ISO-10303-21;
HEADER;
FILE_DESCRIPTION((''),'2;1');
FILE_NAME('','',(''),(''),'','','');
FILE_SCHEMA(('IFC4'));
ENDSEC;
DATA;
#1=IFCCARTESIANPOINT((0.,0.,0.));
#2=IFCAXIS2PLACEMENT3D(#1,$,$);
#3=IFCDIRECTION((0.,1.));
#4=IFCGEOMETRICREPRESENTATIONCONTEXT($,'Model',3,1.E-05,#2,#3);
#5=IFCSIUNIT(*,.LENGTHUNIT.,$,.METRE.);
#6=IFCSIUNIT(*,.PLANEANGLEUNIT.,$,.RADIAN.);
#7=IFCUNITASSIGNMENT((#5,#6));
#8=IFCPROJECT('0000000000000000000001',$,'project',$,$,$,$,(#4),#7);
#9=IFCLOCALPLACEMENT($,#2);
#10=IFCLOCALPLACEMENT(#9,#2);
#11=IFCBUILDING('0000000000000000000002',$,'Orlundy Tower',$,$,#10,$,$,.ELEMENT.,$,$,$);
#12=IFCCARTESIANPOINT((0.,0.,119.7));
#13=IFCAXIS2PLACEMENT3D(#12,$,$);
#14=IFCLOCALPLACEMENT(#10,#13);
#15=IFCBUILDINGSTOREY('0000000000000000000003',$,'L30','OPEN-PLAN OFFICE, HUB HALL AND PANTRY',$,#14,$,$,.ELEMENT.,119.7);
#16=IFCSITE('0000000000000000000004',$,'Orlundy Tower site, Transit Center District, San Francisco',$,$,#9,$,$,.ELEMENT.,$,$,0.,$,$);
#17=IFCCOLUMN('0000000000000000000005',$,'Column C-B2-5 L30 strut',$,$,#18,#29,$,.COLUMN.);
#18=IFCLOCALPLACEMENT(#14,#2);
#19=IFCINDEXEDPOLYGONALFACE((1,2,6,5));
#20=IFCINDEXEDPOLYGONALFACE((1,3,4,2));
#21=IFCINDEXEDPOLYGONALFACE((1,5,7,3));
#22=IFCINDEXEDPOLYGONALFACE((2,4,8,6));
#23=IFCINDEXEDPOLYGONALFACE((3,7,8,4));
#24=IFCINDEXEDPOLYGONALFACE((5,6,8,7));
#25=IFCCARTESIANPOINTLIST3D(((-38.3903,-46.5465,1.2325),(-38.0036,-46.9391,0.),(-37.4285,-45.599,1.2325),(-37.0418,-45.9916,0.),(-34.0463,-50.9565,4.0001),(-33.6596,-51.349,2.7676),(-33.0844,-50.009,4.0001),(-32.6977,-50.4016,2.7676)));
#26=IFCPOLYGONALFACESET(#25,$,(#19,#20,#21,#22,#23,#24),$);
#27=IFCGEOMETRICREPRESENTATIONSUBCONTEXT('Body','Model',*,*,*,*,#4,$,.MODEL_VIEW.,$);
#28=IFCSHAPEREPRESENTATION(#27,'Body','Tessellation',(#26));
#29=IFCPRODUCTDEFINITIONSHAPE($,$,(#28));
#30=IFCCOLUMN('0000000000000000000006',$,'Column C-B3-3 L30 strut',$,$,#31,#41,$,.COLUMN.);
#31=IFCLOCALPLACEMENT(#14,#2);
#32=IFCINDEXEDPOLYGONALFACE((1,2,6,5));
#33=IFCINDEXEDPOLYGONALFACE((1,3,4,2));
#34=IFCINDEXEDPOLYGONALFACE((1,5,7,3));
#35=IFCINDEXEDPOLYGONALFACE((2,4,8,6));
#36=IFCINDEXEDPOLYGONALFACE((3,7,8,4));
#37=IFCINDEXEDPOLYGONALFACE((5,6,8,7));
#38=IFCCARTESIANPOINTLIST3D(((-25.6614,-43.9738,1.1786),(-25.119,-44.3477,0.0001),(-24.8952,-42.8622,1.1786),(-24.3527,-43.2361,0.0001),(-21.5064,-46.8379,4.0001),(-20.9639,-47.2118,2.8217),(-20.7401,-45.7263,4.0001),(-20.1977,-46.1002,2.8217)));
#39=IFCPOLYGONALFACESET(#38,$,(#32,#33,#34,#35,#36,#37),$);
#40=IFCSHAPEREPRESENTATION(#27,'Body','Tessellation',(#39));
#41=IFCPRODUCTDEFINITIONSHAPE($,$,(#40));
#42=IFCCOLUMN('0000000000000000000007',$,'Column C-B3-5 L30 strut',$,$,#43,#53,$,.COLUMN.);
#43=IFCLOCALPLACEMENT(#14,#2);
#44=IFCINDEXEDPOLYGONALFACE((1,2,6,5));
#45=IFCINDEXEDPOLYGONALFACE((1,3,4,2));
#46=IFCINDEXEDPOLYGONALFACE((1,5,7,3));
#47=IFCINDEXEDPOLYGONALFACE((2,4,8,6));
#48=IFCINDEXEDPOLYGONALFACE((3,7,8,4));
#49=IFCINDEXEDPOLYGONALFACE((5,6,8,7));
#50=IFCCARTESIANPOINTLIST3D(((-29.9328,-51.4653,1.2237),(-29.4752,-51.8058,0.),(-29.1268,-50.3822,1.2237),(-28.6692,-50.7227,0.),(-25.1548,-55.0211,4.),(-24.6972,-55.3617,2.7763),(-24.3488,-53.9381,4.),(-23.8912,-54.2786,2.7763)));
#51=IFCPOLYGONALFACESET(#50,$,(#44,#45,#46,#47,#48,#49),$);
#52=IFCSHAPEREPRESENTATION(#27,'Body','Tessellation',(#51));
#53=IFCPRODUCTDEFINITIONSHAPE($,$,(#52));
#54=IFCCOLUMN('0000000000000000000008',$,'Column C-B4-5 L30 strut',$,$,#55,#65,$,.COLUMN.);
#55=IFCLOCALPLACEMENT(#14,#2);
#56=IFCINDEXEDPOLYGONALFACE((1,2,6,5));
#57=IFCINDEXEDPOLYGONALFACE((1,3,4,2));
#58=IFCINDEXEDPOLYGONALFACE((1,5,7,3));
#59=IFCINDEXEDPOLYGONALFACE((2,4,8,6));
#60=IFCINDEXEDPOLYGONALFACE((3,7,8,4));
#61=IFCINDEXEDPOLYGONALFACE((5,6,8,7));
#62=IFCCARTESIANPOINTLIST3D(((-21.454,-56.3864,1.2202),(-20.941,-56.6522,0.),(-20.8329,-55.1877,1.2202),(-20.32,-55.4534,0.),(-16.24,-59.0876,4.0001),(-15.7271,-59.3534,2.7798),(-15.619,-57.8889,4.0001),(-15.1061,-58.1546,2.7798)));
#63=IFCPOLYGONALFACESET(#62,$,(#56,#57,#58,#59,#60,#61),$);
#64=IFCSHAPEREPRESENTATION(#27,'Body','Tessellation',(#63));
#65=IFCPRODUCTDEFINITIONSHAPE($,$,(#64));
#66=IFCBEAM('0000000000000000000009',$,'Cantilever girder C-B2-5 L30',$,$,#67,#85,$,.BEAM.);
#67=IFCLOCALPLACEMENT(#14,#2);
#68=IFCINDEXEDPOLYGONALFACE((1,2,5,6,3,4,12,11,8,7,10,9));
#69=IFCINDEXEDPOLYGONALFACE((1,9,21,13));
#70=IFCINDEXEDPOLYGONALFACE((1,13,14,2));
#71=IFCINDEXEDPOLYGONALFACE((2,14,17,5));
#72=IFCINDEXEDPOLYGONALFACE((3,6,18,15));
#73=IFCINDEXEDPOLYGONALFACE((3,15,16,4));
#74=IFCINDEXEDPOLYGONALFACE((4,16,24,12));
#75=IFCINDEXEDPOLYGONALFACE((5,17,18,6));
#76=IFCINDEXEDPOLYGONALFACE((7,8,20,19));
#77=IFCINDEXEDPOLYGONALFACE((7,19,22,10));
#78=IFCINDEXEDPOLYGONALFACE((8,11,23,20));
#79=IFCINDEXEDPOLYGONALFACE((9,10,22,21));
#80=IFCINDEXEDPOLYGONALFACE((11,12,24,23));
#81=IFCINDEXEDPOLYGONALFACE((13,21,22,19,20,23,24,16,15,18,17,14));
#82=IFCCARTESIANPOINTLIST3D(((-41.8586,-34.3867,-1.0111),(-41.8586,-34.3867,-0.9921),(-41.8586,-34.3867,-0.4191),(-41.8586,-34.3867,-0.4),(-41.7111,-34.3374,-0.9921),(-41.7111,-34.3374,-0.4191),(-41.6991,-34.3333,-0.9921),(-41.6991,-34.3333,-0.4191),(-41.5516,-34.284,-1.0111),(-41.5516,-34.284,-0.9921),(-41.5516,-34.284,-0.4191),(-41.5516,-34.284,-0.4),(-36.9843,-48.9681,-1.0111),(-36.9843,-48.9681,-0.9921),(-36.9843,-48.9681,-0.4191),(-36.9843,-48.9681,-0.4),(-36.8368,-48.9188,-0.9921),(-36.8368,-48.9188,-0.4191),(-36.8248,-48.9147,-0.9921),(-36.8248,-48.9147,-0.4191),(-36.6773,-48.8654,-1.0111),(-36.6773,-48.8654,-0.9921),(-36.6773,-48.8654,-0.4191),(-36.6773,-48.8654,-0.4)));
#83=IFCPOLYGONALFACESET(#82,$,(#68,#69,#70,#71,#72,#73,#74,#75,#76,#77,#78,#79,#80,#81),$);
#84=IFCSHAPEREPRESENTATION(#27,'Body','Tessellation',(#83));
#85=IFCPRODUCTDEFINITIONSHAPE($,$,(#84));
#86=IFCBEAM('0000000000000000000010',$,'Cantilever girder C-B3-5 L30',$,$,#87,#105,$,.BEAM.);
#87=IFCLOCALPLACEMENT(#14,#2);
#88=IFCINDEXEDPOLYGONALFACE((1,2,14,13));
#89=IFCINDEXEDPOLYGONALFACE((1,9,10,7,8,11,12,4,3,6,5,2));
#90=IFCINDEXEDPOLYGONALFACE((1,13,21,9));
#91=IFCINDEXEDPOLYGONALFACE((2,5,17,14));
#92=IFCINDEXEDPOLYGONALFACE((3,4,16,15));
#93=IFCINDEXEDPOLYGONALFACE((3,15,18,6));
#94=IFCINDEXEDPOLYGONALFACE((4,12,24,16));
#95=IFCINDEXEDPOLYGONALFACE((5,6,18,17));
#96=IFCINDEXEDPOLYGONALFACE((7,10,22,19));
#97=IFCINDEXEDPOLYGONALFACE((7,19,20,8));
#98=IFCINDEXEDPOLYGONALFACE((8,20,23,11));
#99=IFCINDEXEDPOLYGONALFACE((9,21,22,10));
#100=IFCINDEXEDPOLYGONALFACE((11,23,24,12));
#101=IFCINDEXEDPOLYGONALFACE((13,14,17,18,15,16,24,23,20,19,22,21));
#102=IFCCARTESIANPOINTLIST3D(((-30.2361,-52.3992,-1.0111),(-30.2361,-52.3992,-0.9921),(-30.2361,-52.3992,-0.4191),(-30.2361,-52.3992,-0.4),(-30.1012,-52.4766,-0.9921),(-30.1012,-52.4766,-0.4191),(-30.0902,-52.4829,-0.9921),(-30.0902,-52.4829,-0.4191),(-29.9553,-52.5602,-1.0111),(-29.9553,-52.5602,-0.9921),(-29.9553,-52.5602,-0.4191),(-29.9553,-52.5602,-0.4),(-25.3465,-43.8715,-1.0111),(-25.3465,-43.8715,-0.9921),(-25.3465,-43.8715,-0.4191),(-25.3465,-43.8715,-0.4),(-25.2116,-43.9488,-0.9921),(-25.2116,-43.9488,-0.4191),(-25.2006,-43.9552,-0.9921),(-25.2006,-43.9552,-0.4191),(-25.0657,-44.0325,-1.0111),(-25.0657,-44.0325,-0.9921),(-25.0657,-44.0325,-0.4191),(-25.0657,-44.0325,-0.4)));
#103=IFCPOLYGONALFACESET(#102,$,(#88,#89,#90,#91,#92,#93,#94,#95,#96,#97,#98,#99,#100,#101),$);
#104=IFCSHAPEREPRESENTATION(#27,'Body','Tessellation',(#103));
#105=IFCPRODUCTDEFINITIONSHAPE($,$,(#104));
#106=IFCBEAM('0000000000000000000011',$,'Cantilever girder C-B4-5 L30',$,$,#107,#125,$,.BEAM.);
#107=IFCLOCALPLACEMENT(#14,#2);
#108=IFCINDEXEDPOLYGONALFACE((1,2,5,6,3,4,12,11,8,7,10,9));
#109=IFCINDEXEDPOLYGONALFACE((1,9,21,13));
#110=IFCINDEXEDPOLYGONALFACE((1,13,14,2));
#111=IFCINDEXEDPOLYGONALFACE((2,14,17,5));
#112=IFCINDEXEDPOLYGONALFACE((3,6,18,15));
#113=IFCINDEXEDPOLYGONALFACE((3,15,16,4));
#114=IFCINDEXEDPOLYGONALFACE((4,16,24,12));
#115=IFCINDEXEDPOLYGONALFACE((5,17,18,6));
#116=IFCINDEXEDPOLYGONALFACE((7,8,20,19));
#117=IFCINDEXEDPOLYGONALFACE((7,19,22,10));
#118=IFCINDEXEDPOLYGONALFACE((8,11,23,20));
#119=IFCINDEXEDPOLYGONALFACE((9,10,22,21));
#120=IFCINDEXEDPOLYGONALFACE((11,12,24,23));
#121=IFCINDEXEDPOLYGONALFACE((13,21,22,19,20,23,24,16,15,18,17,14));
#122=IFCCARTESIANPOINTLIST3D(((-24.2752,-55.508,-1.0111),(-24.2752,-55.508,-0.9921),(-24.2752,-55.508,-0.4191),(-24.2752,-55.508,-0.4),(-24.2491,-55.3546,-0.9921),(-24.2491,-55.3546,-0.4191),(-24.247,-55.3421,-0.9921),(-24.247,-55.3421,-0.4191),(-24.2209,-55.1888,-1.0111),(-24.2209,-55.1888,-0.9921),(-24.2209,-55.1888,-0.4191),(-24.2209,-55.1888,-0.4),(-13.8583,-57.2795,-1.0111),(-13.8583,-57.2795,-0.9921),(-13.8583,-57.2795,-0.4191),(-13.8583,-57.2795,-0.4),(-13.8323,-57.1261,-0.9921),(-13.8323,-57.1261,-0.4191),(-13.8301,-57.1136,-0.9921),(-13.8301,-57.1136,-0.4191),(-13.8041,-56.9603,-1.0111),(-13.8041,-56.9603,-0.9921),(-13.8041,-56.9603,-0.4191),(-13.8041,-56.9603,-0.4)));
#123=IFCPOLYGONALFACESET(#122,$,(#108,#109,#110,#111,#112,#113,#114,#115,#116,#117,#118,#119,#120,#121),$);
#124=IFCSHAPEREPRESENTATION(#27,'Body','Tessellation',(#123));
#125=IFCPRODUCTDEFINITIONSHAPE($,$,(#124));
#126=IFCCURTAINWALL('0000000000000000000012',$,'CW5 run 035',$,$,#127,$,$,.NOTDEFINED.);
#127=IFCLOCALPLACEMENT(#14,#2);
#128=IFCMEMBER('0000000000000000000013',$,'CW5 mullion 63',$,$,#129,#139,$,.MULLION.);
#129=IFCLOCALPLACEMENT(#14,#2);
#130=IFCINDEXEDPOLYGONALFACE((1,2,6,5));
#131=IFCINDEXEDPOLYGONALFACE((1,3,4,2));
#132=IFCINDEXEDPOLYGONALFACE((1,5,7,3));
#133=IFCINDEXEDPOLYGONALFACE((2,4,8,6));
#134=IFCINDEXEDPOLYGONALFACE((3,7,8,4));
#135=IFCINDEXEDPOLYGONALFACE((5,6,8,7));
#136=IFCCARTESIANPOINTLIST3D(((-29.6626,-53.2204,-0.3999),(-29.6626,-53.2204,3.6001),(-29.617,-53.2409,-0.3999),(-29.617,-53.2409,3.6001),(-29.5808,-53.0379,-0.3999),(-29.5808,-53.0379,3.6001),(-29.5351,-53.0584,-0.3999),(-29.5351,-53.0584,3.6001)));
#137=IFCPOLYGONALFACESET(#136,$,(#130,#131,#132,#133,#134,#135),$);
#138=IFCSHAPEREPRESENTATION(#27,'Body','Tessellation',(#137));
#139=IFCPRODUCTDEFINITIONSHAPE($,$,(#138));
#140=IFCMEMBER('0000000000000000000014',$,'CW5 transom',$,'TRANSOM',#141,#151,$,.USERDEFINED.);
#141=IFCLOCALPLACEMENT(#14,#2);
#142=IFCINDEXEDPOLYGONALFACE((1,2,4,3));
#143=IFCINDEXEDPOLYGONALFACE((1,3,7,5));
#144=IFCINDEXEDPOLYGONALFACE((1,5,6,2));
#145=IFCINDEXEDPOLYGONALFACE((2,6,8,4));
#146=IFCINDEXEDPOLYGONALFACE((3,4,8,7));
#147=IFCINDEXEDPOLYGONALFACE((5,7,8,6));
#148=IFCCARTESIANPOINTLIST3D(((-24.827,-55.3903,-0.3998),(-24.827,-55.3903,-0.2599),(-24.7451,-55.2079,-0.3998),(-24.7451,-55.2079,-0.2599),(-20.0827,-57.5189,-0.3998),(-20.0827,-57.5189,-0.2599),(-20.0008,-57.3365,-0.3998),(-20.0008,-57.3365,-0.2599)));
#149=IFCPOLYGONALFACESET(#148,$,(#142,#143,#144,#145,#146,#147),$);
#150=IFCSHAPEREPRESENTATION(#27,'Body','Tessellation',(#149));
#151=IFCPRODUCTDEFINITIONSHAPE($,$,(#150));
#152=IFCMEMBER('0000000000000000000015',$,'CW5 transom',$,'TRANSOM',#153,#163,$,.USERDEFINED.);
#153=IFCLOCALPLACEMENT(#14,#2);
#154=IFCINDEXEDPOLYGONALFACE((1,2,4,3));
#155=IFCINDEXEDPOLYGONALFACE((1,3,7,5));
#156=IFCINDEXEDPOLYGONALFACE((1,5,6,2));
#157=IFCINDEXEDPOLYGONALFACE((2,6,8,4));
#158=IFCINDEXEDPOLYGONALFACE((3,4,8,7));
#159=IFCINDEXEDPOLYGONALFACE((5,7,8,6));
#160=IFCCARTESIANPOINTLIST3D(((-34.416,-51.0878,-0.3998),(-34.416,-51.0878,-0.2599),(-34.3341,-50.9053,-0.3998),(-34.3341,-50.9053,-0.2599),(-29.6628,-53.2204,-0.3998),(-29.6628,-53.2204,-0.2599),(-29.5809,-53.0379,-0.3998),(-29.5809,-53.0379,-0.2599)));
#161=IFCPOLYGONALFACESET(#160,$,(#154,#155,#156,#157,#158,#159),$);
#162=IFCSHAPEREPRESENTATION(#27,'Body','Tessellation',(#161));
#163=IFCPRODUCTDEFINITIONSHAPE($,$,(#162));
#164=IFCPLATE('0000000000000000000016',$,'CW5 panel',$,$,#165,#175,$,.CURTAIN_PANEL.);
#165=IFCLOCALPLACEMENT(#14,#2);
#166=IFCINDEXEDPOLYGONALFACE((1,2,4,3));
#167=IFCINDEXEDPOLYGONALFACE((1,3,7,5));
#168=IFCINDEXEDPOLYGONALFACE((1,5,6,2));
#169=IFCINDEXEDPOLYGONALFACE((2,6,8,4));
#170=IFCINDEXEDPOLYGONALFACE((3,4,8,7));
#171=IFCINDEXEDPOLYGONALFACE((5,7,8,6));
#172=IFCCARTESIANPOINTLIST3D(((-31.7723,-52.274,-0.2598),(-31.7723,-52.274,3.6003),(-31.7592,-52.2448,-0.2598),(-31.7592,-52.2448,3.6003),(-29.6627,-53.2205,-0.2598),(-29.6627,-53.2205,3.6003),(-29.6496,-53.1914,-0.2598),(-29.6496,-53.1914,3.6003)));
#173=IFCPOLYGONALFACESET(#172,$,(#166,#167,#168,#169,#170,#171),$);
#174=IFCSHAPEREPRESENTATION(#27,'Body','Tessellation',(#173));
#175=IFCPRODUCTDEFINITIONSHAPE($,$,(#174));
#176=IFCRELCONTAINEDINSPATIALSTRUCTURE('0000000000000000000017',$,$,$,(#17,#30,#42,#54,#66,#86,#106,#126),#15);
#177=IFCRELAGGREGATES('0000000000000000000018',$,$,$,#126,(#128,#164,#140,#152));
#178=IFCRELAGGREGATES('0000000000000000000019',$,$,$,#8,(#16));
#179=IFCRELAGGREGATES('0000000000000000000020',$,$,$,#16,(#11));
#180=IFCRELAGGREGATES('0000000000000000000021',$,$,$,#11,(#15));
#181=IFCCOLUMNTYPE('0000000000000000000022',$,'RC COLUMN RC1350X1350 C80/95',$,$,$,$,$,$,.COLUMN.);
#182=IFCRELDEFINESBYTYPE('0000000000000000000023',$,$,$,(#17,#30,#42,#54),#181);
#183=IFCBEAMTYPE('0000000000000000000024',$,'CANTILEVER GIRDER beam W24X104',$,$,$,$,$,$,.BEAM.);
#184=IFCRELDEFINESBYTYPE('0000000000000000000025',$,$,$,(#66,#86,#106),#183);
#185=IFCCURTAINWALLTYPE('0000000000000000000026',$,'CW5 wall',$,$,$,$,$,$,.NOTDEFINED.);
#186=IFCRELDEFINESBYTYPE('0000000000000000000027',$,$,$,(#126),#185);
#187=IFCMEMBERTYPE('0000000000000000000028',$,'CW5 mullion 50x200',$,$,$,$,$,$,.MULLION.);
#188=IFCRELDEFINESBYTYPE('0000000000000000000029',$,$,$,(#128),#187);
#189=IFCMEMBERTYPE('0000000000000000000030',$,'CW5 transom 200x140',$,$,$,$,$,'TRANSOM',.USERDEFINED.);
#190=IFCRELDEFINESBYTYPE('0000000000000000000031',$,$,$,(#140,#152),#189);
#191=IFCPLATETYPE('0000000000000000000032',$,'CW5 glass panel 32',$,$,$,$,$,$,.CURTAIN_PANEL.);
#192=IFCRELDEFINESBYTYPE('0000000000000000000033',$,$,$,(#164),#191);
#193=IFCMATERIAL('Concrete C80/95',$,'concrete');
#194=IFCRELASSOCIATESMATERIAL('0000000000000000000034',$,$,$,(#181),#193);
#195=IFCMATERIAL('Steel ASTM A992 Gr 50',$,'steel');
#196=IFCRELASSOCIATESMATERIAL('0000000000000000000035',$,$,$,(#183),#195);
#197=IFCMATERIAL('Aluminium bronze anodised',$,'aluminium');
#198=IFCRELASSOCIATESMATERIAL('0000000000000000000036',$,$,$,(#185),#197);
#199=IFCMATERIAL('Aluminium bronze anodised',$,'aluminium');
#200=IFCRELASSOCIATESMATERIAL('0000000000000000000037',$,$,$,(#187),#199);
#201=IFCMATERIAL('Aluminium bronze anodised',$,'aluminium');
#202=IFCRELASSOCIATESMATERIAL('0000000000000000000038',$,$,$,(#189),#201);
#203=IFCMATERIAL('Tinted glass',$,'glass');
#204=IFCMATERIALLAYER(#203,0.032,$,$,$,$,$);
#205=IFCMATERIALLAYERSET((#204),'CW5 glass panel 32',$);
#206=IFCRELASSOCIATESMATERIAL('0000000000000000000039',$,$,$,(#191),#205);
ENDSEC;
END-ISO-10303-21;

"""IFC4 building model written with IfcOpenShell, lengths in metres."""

from ifc_helpers import new_model, si_unit, direction, frame, origin, origin_2d, place, context, subcontext, project, spatial, rectangle, i_section, extrude, material, layer, layer_set, material_profile, profile_set, type_object, element, aggregate, save


model = new_model("IFC4")

# Units and contexts
model_context = context("Model", 3, precision=1e-05, world=origin(), true_north=direction((0.0, 1.0)))
body_context = subcontext(model_context, "Body", "Model", "MODEL_VIEW")
ifc_project = project(units=[si_unit("LENGTHUNIT", "METRE"), si_unit("PLANEANGLEUNIT", "RADIAN")], contexts=[model_context])

# Site, building, storey
site_placement = place(None, origin())
site = spatial("IfcSite", under=ifc_project, at=site_placement, Name="Orlundy Tower site, Transit Center District, San Francisco", CompositionType="ELEMENT", RefElevation=0.0)
building_placement = place(site_placement, origin())
building = spatial("IfcBuilding", under=site, at=building_placement, Name="Orlundy Tower", CompositionType="ELEMENT")
storey_placement = place(building_placement, frame((0.0, 0.0, 119.7)))
storey = spatial("IfcBuildingStorey", under=building, at=storey_placement, Name="L30", Description="OPEN-PLAN OFFICE, HUB HALL AND PANTRY", CompositionType="ELEMENT", Elevation=119.7)

# Columns
ifc_material_1 = material(Name="Concrete C80/95", Category="concrete")
ifc_material_profile_1 = material_profile(ifc_material_1, rectangle(XDim=1.3501, YDim=1.3501, at=origin_2d()), Name="RC1350X1350")
ifc_profile_set_1 = profile_set([ifc_material_profile_1], Name="Concrete C80/95")
column_type = type_object("IfcColumnType", Name="RC COLUMN RC1350X1350 C80/95", PredefinedType="COLUMN", material=ifc_profile_set_1)
column_1_placement = place(storey_placement, frame((-37.7161, -46.269, 0.6162), z_axis=(0.640646, -0.650368, 0.408159), x_axis=(0.712411, 0.701762, 0.0)))
element("IfcColumn", 1, at=column_1_placement, inside=storey, type_object=column_type, Name="Column C-B2-5 L30 strut", PredefinedType="COLUMN", context=body_context, shape_type="SweptSolid", body=[
    extrude(rectangle(XDim=1.3501, YDim=1.3501, at=origin_2d()), origin(), (0.0, 0.0, 1.0), 6.7808),
])
column_2_placement = place(storey_placement, frame((-25.0071, -43.605, 0.5894), z_axis=(0.718654, -0.49536, 0.488012), x_axis=(0.567528, 0.823354, 0.0)))
element("IfcColumn", 2, at=column_2_placement, inside=storey, type_object=column_type, Name="Column C-B3-3 L30 strut", PredefinedType="COLUMN", context=body_context, shape_type="SweptSolid", body=[
    extrude(rectangle(XDim=1.3501, YDim=1.3501, at=origin_2d()), origin(), (0.0, 0.0, 1.0), 5.7817),
])
column_3_placement = place(storey_placement, frame((-29.301, -51.094, 0.6118), z_axis=(0.727107, -0.541123, 0.422495), x_axis=(0.597025, 0.802223, 0.0)))
element("IfcColumn", 3, at=column_3_placement, inside=storey, type_object=column_type, Name="Column C-B3-5 L30 strut", PredefinedType="COLUMN", context=body_context, shape_type="SweptSolid", body=[
    extrude(rectangle(XDim=1.3501, YDim=1.3501, at=origin_2d()), origin(), (0.0, 0.0, 1.0), 6.5713),
])
column_4_placement = place(storey_placement, frame((-20.887, -55.9199, 0.6101), z_axis=(0.802533, -0.415772, 0.427872), x_axis=(0.460006, 0.887916, 0.0)))
element("IfcColumn", 4, at=column_4_placement, inside=storey, type_object=column_type, Name="Column C-B4-5 L30 strut", PredefinedType="COLUMN", context=body_context, shape_type="SweptSolid", body=[
    extrude(rectangle(XDim=1.3501, YDim=1.3501, at=origin_2d()), origin(), (0.0, 0.0, 1.0), 6.4968),
])

# Beams
ifc_material_2 = material(Name="Steel ASTM A992 Gr 50", Category="steel")
ifc_material_profile_2 = material_profile(ifc_material_2, i_section(OverallWidth=0.3237, OverallDepth=0.6111, WebThickness=0.0127, FlangeThickness=0.019, at=origin_2d()), Name="W24X104")
ifc_profile_set_2 = profile_set([ifc_material_profile_2], Name="Steel ASTM A992 Gr 50")
beam_type = type_object("IfcBeamType", Name="CANTILEVER GIRDER beam W24X104", PredefinedType="BEAM", material=ifc_profile_set_2)
beam_1_placement = place(storey_placement, frame((-36.8308, -48.9167, -0.7056), z_axis=(-0.317038, 0.948413, 0.0), x_axis=(-0.948413, -0.317038, 0.0)))
element("IfcBeam", 5, at=beam_1_placement, inside=storey, type_object=beam_type, Name="Cantilever girder C-B2-5 L30", PredefinedType="BEAM", context=body_context, shape_type="SweptSolid", body=[
    extrude(i_section(OverallWidth=0.3237, OverallDepth=0.6111, WebThickness=0.0127, FlangeThickness=0.019, at=origin_2d()), origin(), (0.0, 0.0, 1.0), 15.3745),
])
beam_2_placement = place(storey_placement, frame((-30.0957, -52.4797, -0.7056), z_axis=(0.497412, 0.867515, 0.0), x_axis=(-0.867515, 0.497412, 0.0)))
element("IfcBeam", 6, at=beam_2_placement, inside=storey, type_object=beam_type, Name="Cantilever girder C-B3-5 L30", PredefinedType="BEAM", context=body_context, shape_type="SweptSolid", body=[
    extrude(i_section(OverallWidth=0.3237, OverallDepth=0.6111, WebThickness=0.0127, FlangeThickness=0.019, at=origin_2d()), origin(), (0.0, 0.0, 1.0), 9.8301),
])
beam_3_placement = place(storey_placement, frame((-24.248, -55.3484, -0.7056), z_axis=(0.985846, -0.167654, 0.0), x_axis=(0.167654, 0.985846, 0.0)))
element("IfcBeam", 7, at=beam_3_placement, inside=storey, type_object=beam_type, Name="Cantilever girder C-B4-5 L30", PredefinedType="BEAM", context=body_context, shape_type="SweptSolid", body=[
    extrude(i_section(OverallWidth=0.3237, OverallDepth=0.6111, WebThickness=0.0127, FlangeThickness=0.019, at=origin_2d()), origin(), (0.0, 0.0, 1.0), 10.5664),
])

# Curtain wall, members, plate
ifc_material_3 = material(Name="Aluminium bronze anodised", Category="aluminium")
curtain_wall_type = type_object("IfcCurtainWallType", Name="CW5 wall", PredefinedType="NOTDEFINED", material=ifc_material_3)
curtain_wall_placement = place(storey_placement, origin())
curtain_wall = element("IfcCurtainWall", 8, at=curtain_wall_placement, inside=storey, type_object=curtain_wall_type, Name="CW5 run 035", PredefinedType="NOTDEFINED")
ifc_material_4 = material(Name="Aluminium bronze anodised", Category="aluminium")
ifc_material_profile_3 = material_profile(ifc_material_4, rectangle(XDim=0.2, YDim=0.05, at=origin_2d()), Name="CW5 mullion 50x200")
ifc_profile_set_3 = profile_set([ifc_material_profile_3], Name="Aluminium bronze anodised")
member_type_1 = type_object("IfcMemberType", Name="CW5 mullion 50x200", PredefinedType="MULLION", material=ifc_profile_set_3)
member_1_placement = place(storey_placement, frame((-29.5989, -53.1394, -0.3999), z_axis=(0.0, 0.0, 1.0), x_axis=(-0.409374, -0.912366, 0.0)))
member_1 = element("IfcMember", 9, at=member_1_placement, type_object=member_type_1, Name="CW5 mullion 63", PredefinedType="MULLION", context=body_context, shape_type="SweptSolid", body=[
    extrude(rectangle(XDim=0.2, YDim=0.05, at=origin_2d()), origin(), (0.0, 0.0, 1.0), 4.0),
])
ifc_material_5 = material(Name="Aluminium bronze anodised", Category="aluminium")
ifc_material_profile_4 = material_profile(ifc_material_5, rectangle(XDim=0.2, YDim=0.1399, at=origin_2d()), Name="CW5 transom 200x140")
ifc_profile_set_4 = profile_set([ifc_material_profile_4], Name="Aluminium bronze anodised")
member_type_2 = type_object("IfcMemberType", Name="CW5 transom 200x140", ElementType="TRANSOM", PredefinedType="USERDEFINED", material=ifc_profile_set_4)
member_2_placement = place(storey_placement, frame((-20.0417, -57.4277, -0.3298), z_axis=(-0.912375, 0.409355, 0.0), x_axis=(-0.409355, -0.912375, 0.0)))
member_2 = element("IfcMember", 10, at=member_2_placement, type_object=member_type_2, Name="CW5 transom", ObjectType="TRANSOM", PredefinedType="USERDEFINED", context=body_context, shape_type="SweptSolid", body=[
    extrude(rectangle(XDim=0.2, YDim=0.1399, at=origin_2d()), origin(), (0.0, 0.0, 1.0), 5.2),
])
member_3_placement = place(storey_placement, frame((-29.6218, -53.1292, -0.3298), z_axis=(-0.912378, 0.409349, 0.0), x_axis=(-0.409349, -0.912378, 0.0)))
member_3 = element("IfcMember", 11, at=member_3_placement, type_object=member_type_2, Name="CW5 transom", ObjectType="TRANSOM", PredefinedType="USERDEFINED", context=body_context, shape_type="SweptSolid", body=[
    extrude(rectangle(XDim=0.2, YDim=0.1399, at=origin_2d()), origin(), (0.0, 0.0, 1.0), 5.2097),
])
ifc_material_6 = material(Name="Tinted glass", Category="glass")
ifc_layer_1 = layer(ifc_material_6, 0.032)
ifc_layer_set_1 = layer_set([ifc_layer_1], Name="CW5 glass panel 32")
plate_type_1 = type_object("IfcPlateType", Name="CW5 glass panel 32", PredefinedType="CURTAIN_PANEL", material=ifc_layer_set_1)
plate_1_placement = place(storey_placement, frame((-30.7109, -52.7327, -0.2598), z_axis=(0.0, 0.0, 1.0), x_axis=(-0.912366, 0.409374, 0.0)))
plate_1 = element("IfcPlate", 12, at=plate_1_placement, type_object=plate_type_1, Name="CW5 panel", PredefinedType="CURTAIN_PANEL", context=body_context, shape_type="SweptSolid", body=[
    extrude(rectangle(XDim=2.3123, YDim=0.032, at=origin_2d()), origin(), (0.0, 0.0, 1.0), 3.8601),
])
aggregate(curtain_wall, [member_1, plate_1, member_2, member_3])

save(model, "model.ifc")
